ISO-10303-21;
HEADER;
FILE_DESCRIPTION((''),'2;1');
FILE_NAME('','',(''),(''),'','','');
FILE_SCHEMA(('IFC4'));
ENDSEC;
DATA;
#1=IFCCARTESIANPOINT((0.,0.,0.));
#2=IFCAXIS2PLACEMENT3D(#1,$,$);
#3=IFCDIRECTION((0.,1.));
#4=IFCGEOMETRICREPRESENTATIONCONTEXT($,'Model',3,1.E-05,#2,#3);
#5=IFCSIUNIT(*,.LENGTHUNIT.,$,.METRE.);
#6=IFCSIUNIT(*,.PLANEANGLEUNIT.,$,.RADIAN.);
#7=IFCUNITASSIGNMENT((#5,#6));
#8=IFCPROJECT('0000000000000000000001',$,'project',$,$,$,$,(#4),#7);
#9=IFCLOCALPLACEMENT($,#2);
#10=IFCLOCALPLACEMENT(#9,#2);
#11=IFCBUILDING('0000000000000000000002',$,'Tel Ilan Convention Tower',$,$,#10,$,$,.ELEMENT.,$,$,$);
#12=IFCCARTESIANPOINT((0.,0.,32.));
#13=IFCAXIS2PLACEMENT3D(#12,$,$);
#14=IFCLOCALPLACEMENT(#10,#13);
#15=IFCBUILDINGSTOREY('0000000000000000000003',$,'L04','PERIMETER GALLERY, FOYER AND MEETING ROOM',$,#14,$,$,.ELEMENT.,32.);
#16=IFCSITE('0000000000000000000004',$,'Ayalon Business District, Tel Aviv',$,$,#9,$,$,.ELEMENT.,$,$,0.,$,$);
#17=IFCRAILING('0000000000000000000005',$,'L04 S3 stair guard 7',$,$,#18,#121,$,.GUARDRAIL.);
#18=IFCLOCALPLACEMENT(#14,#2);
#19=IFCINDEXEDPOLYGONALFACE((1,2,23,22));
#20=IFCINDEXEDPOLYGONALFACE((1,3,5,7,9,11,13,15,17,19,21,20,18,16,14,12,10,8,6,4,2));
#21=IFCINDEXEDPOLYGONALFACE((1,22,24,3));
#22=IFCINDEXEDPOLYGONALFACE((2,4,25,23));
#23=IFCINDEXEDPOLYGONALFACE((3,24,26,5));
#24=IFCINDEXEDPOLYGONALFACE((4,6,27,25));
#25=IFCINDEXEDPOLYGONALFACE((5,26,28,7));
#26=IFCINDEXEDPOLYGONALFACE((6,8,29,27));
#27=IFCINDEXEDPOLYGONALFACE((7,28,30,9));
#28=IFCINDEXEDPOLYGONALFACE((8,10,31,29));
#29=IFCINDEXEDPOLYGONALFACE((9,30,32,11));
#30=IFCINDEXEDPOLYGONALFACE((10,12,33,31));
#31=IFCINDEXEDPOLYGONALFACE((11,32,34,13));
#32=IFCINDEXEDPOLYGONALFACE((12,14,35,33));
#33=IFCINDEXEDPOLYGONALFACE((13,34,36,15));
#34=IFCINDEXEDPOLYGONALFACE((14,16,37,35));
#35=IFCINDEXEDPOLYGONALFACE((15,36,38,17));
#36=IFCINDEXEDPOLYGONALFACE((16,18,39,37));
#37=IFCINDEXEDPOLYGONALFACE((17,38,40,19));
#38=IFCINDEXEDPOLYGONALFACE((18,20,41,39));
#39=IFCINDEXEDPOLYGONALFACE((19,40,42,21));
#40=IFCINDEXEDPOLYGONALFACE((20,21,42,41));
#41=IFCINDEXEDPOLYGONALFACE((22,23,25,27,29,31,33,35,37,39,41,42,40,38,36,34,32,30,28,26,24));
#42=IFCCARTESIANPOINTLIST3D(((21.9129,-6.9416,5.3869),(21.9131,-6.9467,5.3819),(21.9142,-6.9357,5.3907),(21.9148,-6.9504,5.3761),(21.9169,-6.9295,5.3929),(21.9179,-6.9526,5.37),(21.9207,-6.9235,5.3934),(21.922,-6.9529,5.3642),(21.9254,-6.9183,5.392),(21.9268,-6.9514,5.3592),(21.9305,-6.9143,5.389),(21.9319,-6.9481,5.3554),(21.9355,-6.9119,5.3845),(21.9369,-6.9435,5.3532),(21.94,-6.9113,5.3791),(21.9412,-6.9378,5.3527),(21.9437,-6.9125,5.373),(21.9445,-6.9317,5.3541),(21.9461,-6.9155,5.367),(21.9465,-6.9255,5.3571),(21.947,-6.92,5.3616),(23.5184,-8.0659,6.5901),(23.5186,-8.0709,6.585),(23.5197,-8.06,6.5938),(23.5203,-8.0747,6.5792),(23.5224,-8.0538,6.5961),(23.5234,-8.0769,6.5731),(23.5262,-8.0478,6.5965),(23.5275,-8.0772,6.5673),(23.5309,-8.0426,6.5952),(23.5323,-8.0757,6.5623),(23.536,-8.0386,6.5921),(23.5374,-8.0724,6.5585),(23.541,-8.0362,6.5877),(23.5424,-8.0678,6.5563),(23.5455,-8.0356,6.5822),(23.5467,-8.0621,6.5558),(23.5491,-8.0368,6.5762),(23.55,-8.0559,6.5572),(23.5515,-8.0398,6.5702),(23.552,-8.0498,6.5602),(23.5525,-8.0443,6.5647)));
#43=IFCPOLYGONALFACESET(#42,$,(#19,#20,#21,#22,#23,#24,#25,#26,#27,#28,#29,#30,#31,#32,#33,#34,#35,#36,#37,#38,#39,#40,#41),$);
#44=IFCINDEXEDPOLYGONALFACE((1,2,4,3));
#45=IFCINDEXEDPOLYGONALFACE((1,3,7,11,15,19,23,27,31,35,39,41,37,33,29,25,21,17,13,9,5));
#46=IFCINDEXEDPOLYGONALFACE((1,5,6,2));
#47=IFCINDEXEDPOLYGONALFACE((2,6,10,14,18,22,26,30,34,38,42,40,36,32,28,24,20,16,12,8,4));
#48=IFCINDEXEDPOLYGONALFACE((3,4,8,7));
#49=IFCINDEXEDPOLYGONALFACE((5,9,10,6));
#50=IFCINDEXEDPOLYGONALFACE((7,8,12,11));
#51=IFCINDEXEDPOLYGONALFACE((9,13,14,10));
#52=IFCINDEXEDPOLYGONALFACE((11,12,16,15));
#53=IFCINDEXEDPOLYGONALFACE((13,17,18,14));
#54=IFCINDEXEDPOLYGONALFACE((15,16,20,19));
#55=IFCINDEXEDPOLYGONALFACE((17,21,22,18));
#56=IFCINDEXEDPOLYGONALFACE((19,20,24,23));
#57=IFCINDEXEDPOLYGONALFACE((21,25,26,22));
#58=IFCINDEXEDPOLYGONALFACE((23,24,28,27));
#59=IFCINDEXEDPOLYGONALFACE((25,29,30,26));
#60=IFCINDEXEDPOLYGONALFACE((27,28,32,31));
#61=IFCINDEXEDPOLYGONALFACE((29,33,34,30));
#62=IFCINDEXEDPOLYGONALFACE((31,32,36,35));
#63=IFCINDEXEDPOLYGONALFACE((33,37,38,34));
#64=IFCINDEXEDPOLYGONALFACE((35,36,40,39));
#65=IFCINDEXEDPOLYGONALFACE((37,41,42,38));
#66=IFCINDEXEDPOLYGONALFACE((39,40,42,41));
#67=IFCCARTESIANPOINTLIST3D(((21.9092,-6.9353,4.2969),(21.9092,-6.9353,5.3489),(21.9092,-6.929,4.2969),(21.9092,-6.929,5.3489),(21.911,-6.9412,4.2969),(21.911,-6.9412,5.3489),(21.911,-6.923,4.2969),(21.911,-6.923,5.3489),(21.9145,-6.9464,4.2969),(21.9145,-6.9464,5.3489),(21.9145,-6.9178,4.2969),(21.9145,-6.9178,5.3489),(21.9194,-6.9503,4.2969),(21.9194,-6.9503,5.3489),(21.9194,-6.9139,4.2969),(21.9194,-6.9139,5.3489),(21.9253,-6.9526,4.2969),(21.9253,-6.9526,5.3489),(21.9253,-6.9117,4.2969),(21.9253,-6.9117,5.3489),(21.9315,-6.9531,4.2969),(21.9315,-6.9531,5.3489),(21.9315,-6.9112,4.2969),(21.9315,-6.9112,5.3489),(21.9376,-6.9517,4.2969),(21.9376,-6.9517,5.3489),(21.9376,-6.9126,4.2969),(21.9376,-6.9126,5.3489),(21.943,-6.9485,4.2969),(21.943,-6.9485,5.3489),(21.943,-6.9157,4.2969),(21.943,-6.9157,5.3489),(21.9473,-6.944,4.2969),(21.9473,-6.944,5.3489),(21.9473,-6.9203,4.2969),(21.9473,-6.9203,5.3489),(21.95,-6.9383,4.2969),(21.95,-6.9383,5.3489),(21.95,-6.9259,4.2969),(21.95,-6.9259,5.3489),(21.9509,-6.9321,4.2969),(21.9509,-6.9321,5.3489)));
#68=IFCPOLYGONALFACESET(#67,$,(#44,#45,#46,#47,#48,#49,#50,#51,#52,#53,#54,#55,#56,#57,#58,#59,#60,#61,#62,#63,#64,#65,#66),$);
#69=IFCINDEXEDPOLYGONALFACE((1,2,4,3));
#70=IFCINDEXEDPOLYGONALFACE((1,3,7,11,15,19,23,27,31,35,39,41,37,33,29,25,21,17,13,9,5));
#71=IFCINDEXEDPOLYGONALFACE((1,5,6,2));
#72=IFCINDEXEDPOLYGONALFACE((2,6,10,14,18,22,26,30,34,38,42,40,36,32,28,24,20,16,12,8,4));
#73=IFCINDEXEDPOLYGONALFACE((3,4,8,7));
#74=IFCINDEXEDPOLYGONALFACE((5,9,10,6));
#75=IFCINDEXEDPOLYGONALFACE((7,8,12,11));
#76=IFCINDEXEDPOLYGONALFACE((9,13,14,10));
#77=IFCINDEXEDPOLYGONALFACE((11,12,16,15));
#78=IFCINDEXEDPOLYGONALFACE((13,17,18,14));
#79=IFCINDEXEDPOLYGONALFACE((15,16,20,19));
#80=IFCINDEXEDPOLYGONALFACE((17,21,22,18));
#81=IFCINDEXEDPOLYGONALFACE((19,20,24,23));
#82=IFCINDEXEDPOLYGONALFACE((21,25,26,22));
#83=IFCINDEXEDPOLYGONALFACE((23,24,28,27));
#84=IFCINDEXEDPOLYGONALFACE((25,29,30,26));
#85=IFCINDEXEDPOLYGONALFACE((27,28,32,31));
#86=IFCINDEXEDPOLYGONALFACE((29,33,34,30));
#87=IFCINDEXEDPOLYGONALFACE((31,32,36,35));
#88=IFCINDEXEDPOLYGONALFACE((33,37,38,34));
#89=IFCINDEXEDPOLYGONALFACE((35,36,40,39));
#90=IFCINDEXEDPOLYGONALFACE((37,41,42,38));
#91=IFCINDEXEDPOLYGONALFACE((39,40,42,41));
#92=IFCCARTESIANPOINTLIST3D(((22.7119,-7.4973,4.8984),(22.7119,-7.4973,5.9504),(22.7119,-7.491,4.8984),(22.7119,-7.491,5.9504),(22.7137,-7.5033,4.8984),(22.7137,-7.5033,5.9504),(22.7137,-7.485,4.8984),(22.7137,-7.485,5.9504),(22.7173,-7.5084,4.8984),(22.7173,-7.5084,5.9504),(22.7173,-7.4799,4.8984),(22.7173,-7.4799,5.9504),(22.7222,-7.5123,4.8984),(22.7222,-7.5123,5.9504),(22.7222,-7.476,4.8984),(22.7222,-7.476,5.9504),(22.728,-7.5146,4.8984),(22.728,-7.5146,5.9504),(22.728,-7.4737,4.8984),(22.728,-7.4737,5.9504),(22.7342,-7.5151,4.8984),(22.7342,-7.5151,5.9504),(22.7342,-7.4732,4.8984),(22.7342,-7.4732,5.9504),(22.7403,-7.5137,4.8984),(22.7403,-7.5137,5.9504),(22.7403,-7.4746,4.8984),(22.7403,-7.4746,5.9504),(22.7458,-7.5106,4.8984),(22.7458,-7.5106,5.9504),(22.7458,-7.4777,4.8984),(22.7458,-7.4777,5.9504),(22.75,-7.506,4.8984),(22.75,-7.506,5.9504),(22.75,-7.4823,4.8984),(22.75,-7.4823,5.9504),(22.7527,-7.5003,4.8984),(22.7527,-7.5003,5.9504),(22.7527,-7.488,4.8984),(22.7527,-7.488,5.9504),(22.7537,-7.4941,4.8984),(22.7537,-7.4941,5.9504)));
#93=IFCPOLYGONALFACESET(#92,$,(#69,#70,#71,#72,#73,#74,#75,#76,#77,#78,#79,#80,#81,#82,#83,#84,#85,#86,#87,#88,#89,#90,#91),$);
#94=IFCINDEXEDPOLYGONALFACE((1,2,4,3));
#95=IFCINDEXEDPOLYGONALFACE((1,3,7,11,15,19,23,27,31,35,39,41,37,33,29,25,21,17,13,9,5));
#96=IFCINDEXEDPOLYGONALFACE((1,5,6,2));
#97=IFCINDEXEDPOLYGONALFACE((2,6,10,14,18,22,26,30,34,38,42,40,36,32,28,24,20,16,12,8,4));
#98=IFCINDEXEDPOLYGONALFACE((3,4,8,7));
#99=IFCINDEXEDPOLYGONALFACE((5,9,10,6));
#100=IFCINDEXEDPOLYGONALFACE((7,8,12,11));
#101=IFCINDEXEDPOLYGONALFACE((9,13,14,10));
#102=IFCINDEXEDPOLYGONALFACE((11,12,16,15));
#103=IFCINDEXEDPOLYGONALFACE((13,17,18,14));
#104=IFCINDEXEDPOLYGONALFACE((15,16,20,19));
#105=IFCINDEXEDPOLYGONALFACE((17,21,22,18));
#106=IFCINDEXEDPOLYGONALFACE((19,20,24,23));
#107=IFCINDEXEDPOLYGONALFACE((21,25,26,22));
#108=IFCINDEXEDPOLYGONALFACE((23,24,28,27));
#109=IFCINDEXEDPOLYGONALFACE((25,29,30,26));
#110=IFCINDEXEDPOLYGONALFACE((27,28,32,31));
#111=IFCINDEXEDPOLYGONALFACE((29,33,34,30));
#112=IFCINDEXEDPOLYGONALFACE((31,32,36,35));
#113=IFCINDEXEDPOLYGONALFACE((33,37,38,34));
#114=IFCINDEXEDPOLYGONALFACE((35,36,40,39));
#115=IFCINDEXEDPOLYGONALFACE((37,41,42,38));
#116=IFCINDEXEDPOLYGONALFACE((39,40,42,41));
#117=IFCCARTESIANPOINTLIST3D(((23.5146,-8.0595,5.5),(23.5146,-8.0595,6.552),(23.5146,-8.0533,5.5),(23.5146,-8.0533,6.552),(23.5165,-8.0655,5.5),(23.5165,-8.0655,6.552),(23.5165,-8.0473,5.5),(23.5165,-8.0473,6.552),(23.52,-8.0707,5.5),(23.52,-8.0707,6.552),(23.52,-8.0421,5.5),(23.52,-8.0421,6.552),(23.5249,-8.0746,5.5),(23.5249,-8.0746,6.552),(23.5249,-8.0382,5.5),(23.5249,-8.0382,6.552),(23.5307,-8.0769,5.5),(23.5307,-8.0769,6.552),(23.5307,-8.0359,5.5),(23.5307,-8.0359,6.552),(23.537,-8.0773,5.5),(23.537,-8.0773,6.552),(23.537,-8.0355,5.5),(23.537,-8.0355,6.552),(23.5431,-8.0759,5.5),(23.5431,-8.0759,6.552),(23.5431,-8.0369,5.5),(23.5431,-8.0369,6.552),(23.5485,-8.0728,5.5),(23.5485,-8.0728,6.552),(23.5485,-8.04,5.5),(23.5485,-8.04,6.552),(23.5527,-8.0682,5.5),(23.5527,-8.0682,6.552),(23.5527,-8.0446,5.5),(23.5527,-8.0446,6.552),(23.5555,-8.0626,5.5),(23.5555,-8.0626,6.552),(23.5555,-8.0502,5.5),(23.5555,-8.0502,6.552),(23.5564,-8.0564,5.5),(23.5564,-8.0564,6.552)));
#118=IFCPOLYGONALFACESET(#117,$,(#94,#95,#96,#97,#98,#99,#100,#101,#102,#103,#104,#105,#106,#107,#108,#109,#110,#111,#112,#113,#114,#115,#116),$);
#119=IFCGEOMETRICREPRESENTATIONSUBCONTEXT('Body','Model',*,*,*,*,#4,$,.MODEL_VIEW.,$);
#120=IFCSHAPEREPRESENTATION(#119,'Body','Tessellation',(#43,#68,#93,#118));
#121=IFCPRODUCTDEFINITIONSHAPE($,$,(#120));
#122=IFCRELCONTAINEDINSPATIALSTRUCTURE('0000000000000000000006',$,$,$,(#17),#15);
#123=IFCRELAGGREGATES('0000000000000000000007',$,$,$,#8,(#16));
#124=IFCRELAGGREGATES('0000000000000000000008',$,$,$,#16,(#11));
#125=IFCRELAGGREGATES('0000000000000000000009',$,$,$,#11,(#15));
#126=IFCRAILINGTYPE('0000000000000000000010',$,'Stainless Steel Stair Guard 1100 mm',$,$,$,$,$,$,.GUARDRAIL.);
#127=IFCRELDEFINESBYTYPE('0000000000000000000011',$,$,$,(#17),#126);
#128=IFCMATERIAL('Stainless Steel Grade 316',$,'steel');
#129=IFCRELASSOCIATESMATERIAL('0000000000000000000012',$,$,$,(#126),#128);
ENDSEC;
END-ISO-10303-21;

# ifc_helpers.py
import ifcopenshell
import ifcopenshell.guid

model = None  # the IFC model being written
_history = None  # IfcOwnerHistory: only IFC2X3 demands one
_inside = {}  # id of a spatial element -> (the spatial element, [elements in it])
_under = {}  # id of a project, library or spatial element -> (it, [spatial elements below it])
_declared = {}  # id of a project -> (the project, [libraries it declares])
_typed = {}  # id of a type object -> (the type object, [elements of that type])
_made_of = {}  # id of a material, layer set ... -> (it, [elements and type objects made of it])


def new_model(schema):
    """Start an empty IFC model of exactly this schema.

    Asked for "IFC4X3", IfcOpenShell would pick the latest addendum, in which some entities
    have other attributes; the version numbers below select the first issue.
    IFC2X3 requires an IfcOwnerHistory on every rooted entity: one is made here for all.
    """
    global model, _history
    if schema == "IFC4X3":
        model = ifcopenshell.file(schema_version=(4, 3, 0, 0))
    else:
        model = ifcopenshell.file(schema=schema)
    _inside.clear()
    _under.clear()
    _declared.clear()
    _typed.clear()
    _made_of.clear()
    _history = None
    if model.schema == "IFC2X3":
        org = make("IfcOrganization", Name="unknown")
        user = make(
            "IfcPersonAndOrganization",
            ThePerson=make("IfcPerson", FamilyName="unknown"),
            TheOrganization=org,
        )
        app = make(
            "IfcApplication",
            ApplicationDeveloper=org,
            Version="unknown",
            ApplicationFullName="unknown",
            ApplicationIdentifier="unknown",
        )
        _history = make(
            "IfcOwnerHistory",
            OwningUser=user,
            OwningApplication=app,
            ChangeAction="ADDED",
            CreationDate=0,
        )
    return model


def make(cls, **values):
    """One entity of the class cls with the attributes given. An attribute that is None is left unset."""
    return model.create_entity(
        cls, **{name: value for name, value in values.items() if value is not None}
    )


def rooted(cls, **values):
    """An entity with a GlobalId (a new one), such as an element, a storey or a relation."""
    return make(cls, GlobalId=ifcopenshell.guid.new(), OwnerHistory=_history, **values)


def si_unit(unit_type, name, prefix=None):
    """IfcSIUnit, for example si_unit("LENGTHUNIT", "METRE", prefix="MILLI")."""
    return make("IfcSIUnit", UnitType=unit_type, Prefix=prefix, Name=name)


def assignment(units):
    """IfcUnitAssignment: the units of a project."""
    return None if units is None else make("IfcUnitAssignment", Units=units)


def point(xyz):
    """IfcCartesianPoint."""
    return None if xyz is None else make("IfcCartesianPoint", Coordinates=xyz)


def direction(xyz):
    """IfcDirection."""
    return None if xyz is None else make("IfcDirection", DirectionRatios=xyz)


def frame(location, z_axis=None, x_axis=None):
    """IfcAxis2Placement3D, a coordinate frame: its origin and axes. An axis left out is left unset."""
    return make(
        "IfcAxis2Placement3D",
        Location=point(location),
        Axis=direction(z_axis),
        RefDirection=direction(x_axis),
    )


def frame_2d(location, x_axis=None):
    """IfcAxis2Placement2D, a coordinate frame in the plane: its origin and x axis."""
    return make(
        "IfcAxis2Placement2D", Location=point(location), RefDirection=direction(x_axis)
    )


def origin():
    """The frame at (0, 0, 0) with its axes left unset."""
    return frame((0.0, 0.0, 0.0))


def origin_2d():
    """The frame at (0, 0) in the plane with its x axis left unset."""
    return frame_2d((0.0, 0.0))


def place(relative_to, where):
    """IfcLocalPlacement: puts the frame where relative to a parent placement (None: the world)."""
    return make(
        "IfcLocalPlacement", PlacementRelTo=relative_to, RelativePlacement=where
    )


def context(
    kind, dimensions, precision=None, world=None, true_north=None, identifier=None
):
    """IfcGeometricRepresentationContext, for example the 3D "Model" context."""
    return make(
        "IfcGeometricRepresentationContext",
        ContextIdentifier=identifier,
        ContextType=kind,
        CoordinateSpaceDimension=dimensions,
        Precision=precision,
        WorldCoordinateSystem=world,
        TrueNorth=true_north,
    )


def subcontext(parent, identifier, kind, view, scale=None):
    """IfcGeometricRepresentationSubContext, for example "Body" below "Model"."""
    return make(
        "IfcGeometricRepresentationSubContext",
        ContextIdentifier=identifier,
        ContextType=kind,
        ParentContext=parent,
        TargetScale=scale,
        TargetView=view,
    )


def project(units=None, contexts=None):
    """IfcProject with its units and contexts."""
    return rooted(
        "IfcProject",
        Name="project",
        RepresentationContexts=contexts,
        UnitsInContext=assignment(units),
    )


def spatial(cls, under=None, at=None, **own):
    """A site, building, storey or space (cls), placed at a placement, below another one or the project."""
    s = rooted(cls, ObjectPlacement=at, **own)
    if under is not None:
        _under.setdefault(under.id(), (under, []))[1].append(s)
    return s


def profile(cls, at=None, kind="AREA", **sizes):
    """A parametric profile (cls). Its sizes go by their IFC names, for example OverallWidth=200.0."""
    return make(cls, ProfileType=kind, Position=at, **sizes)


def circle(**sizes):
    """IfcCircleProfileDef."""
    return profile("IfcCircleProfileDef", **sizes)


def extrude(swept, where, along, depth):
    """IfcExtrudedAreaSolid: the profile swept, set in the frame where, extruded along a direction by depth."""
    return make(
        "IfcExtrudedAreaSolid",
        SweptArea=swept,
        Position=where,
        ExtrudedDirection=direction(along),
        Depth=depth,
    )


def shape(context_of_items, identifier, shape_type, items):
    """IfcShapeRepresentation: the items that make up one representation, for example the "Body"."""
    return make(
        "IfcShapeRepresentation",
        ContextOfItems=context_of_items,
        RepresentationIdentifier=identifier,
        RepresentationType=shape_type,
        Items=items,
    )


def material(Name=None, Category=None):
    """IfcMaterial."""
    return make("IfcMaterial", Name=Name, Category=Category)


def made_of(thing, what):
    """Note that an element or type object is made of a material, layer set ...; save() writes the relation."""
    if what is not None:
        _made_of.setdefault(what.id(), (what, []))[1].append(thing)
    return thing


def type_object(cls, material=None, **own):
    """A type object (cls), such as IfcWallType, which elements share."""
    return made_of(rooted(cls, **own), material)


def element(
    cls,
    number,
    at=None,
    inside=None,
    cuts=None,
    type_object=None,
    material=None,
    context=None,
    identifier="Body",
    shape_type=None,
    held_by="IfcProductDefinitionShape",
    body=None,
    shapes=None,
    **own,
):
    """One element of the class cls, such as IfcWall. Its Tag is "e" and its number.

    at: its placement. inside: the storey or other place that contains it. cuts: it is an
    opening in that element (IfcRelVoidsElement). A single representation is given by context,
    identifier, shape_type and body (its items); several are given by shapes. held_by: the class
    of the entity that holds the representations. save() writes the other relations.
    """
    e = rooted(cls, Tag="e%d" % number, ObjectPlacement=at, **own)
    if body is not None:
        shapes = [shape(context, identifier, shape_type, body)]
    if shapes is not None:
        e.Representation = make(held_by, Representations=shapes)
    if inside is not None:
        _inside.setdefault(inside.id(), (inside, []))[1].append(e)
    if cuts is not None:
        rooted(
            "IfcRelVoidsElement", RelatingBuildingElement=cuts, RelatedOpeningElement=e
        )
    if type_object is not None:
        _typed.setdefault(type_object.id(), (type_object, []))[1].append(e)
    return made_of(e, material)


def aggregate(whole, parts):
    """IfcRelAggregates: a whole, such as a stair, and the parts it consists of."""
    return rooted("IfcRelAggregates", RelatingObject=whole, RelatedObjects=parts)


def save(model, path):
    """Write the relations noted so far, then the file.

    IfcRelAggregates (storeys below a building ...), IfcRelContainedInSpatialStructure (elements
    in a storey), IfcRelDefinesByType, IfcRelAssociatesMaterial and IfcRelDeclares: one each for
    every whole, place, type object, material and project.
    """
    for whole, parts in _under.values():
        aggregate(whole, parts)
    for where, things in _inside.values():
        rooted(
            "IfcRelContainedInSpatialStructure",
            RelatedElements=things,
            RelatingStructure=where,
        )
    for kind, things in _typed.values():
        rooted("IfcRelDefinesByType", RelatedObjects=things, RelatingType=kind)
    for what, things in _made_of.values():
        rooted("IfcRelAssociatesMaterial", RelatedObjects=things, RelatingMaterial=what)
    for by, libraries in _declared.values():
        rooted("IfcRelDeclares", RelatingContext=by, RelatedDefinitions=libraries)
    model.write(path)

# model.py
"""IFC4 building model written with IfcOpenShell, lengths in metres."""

from ifc_helpers import new_model, si_unit, direction, frame, origin, origin_2d, place, context, subcontext, project, spatial, circle, extrude, material, type_object, element, save


model = new_model("IFC4")

# Units and contexts
model_context = context("Model", 3, precision=1e-05, world=origin(), true_north=direction((0.0, 1.0)))
body_context = subcontext(model_context, "Body", "Model", "MODEL_VIEW")
ifc_project = project(units=[si_unit("LENGTHUNIT", "METRE"), si_unit("PLANEANGLEUNIT", "RADIAN")], contexts=[model_context])

# Site, building, storey
site_placement = place(None, origin())
site = spatial("IfcSite", under=ifc_project, at=site_placement, Name="Ayalon Business District, Tel Aviv", CompositionType="ELEMENT", RefElevation=0.0)
building_placement = place(site_placement, origin())
building = spatial("IfcBuilding", under=site, at=building_placement, Name="Tel Ilan Convention Tower", CompositionType="ELEMENT")
storey_placement = place(building_placement, frame((0.0, 0.0, 32.0)))
storey = spatial("IfcBuildingStorey", under=building, at=storey_placement, Name="L04", Description="PERIMETER GALLERY, FOYER AND MEETING ROOM", CompositionType="ELEMENT", Elevation=32.0)

# Railing
ifc_material_1 = material(Name="Stainless Steel Grade 316", Category="steel")
railing_type_1 = type_object("IfcRailingType", Name="Stainless Steel Stair Guard 1100 mm", PredefinedType="GUARDRAIL", material=ifc_material_1)
railing_1_placement = place(storey_placement, frame((21.9299, -6.9321, 4.2969)))
element("IfcRailing", 1, at=railing_1_placement, inside=storey, type_object=railing_type_1, Name="L04 S3 stair guard 7", PredefinedType="GUARDRAIL", context=body_context, shape_type="SweptSolid", body=[
    extrude(circle(Radius=0.0239, at=origin_2d()), frame((0.0, 0.0, 1.0762), z_axis=(0.698095, -0.488857, 0.523146), x_axis=(0.573613, 0.819127, 0.0)), (0.0, 0.0, 1.0), 2.2998),
    extrude(circle(Radius=0.021, at=origin_2d()), origin(), (0.0, 0.0, 1.0), 1.052),
    extrude(circle(Radius=0.021, at=origin_2d()), frame((0.8027, -0.562, 0.6016)), (0.0, 0.0, 1.0), 1.052),
    extrude(circle(Radius=0.021, at=origin_2d()), frame((1.6055, -1.1243, 1.2031)), (0.0, 0.0, 1.0), 1.052),
])

save(model, "model.ifc")
